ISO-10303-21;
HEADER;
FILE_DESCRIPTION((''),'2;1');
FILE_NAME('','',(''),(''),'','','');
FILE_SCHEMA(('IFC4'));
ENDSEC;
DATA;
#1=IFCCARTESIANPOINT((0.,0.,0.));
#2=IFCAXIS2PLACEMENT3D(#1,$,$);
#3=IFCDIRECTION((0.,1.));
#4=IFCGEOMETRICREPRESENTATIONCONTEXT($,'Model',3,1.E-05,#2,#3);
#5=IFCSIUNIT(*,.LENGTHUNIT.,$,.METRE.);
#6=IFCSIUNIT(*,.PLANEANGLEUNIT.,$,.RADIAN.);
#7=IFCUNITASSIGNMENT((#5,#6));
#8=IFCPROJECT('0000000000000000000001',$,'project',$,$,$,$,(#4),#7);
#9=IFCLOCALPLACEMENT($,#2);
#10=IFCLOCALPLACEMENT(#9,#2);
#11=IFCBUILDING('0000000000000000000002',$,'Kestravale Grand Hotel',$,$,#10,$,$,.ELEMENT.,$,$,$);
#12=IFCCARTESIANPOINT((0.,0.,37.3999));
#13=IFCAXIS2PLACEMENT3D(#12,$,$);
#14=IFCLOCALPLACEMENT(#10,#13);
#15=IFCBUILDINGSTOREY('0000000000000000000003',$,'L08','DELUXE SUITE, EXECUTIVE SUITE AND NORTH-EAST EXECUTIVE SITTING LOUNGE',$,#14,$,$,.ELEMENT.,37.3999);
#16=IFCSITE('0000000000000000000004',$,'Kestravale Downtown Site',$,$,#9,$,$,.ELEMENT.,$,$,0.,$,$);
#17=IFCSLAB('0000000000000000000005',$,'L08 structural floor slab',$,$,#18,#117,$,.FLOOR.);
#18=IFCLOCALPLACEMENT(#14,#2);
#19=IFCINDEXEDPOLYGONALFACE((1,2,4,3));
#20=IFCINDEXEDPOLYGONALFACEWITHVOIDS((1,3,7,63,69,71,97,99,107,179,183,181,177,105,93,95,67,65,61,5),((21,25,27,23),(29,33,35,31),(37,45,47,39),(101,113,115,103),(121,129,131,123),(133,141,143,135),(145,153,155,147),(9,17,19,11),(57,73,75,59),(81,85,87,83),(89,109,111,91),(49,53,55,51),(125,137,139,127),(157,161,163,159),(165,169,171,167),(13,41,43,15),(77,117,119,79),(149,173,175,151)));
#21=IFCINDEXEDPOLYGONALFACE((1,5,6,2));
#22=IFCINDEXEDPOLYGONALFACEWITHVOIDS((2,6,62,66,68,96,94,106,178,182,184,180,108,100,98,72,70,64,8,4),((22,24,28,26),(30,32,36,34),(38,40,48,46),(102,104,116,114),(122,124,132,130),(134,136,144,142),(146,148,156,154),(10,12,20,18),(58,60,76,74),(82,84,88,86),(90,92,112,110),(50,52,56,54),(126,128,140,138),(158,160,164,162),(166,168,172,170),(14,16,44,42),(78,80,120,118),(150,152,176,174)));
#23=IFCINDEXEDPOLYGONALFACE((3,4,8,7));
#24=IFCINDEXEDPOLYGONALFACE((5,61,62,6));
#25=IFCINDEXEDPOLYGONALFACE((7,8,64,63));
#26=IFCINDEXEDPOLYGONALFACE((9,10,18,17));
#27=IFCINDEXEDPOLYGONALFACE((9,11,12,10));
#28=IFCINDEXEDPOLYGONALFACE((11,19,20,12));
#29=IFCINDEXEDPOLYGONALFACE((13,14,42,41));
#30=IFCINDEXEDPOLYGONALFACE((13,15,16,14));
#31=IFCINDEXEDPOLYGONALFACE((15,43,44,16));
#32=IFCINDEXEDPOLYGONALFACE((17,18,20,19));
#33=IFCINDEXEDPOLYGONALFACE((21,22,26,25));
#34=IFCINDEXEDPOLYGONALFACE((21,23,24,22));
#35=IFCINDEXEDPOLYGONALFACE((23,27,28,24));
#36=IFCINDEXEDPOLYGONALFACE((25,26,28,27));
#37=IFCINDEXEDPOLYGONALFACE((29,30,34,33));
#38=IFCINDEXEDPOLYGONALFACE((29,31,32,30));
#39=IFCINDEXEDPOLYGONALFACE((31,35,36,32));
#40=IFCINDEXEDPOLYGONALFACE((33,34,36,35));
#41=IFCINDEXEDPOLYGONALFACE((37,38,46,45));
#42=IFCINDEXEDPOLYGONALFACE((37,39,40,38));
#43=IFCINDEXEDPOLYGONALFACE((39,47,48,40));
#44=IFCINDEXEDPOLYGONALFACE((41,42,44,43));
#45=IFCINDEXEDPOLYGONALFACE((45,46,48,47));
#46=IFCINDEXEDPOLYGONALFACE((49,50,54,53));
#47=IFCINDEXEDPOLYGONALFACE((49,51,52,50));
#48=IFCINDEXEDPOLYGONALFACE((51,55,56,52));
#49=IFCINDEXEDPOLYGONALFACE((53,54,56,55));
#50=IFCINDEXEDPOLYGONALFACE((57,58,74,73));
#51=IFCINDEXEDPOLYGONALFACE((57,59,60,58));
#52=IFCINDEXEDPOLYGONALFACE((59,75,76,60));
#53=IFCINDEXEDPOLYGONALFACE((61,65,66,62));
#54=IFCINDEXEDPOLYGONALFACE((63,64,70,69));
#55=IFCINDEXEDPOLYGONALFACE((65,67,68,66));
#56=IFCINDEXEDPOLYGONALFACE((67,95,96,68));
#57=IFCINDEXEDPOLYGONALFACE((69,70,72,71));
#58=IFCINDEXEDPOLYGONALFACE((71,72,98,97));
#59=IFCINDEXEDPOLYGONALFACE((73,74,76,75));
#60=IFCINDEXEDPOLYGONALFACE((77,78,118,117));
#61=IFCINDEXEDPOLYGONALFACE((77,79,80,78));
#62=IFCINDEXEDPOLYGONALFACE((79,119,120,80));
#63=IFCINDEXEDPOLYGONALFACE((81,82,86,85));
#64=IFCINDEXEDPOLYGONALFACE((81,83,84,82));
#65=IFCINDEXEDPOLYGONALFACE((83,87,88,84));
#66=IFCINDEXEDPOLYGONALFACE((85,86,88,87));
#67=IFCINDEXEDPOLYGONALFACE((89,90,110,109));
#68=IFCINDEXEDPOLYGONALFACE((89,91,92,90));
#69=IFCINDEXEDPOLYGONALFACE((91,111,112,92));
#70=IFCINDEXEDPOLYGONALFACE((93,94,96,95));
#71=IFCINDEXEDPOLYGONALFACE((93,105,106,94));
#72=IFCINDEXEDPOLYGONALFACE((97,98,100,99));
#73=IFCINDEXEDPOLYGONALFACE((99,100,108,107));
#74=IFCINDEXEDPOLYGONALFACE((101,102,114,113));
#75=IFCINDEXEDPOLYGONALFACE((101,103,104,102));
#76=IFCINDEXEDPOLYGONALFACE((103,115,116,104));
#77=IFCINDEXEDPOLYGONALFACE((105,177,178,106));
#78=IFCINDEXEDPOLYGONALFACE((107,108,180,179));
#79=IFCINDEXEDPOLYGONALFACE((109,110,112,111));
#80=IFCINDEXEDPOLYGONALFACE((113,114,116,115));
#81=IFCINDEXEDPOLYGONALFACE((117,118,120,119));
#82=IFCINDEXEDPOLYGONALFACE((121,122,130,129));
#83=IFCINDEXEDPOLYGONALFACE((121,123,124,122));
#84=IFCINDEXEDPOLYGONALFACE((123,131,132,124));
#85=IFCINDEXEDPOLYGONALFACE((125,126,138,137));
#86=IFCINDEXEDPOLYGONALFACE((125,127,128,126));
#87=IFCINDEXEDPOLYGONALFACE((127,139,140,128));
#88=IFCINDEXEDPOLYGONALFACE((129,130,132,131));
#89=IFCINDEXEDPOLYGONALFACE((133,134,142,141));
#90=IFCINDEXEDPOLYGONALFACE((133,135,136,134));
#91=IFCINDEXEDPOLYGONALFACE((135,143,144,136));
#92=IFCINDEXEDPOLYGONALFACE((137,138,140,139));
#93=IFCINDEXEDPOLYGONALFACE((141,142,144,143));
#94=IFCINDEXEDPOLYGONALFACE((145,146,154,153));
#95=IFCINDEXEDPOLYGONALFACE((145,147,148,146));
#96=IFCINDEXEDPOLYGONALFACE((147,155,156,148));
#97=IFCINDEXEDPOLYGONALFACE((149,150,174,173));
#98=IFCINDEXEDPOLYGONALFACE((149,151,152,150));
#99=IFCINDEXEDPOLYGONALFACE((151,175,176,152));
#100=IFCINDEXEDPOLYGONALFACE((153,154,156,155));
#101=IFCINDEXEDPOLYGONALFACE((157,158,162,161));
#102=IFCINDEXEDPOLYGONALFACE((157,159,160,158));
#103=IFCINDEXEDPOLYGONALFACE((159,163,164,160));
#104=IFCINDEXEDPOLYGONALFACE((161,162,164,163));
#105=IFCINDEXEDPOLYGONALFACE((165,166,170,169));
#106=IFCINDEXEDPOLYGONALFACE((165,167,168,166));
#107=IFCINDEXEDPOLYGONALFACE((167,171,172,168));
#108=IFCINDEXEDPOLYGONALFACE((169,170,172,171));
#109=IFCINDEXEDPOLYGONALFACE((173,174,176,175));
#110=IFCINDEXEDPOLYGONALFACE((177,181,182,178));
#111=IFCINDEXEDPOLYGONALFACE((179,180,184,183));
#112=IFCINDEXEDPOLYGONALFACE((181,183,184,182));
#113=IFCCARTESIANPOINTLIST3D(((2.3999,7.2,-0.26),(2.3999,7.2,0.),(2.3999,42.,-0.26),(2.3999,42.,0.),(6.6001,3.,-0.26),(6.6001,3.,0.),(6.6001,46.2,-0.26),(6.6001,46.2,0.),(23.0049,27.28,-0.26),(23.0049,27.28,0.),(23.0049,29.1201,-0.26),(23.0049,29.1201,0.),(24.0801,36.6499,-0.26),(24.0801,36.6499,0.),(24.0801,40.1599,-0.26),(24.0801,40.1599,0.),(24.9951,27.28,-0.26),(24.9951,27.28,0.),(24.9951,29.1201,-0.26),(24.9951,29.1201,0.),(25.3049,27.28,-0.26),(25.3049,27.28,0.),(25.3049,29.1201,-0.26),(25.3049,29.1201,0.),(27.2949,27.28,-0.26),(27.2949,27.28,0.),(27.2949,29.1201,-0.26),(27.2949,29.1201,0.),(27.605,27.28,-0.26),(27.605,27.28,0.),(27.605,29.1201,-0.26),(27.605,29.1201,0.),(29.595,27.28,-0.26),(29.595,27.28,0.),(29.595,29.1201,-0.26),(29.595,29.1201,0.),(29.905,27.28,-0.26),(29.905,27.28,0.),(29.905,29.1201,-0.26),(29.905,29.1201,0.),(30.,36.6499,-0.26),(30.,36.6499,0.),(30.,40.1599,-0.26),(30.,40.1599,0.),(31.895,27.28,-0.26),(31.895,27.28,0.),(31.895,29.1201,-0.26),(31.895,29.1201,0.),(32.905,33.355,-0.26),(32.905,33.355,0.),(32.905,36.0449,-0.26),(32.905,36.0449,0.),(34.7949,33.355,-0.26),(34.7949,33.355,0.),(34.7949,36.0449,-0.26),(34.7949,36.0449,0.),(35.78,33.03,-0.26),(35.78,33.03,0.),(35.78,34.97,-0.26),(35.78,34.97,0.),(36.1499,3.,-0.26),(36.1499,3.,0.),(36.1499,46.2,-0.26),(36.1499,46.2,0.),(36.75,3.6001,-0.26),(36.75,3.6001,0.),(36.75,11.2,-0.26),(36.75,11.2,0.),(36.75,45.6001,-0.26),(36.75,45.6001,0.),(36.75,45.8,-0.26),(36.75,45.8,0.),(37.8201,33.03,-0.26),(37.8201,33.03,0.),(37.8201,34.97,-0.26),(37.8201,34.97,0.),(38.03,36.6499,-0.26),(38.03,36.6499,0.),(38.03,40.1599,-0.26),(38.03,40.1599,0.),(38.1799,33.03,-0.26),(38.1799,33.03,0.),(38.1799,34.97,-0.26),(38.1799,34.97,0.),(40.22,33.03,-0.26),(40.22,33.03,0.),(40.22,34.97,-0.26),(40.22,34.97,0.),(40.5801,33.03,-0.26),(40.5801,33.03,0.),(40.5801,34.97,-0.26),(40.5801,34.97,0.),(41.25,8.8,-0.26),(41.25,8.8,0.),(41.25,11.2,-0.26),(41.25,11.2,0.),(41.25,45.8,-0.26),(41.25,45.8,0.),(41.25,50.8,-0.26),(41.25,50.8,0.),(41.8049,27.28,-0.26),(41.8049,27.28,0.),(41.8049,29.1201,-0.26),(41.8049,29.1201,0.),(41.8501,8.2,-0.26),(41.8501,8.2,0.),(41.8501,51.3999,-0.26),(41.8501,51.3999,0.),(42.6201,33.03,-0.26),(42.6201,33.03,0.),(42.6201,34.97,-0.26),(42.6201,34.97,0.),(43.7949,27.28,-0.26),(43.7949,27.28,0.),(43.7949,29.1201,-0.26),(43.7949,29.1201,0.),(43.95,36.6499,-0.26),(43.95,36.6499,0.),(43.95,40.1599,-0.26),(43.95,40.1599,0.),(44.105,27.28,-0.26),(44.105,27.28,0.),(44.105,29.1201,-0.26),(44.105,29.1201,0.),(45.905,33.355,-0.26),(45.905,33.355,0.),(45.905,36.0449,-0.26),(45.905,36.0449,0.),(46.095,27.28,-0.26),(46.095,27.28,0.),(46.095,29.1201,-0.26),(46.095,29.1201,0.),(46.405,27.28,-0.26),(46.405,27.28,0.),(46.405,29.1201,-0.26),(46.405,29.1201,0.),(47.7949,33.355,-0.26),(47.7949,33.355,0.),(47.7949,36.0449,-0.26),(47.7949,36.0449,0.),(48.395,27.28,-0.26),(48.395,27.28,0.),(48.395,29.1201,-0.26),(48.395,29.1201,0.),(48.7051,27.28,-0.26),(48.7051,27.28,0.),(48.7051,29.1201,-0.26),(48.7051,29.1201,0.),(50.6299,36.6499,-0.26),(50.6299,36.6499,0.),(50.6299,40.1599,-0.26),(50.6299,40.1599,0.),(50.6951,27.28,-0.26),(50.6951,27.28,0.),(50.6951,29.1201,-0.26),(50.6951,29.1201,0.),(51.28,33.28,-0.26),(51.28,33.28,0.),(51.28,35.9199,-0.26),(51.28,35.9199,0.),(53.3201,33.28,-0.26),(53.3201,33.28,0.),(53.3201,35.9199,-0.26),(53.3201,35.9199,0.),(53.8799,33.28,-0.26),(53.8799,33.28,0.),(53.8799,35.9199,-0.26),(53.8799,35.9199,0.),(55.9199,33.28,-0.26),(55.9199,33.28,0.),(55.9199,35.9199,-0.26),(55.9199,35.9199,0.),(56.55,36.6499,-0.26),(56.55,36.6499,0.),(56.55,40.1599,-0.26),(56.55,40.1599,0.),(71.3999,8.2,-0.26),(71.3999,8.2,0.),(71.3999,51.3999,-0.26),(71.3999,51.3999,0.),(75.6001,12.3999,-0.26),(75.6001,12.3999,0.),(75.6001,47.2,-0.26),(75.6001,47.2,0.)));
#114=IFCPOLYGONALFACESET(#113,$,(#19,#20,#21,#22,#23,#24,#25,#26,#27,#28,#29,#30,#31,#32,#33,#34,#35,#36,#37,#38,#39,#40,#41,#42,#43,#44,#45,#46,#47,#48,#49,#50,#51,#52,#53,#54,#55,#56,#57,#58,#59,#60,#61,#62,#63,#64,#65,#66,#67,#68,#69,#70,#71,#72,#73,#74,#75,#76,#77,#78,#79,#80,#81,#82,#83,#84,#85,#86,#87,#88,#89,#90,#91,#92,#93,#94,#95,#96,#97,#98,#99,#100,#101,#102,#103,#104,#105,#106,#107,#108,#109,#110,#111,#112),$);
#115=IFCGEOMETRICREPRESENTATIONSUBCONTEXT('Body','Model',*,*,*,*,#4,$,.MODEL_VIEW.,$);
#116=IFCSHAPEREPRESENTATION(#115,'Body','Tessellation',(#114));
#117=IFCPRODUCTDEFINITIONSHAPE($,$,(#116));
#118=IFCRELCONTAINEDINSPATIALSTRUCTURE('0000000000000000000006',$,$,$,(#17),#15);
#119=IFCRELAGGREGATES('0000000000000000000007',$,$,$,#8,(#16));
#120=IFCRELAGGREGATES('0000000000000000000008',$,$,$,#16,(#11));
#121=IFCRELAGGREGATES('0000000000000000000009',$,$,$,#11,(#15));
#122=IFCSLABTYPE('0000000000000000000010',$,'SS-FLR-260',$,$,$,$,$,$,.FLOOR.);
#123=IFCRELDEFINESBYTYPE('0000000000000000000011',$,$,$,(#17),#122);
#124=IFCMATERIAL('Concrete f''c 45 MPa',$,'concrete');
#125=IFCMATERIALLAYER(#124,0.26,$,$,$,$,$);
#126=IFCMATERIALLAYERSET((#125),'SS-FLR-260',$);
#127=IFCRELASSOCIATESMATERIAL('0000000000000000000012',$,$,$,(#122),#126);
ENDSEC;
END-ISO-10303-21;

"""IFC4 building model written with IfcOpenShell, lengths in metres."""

from ifc_helpers import new_model, si_unit, direction, frame, origin, place, context, subcontext, project, spatial, polyline, outline, extrude, material, layer, layer_set, type_object, element, save


model = new_model("IFC4")

# Units and contexts
model_context = context("Model", 3, precision=1e-05, world=origin(), true_north=direction((0.0, 1.0)))
body_context = subcontext(model_context, "Body", "Model", "MODEL_VIEW")
ifc_project = project(units=[si_unit("LENGTHUNIT", "METRE"), si_unit("PLANEANGLEUNIT", "RADIAN")], contexts=[model_context])

# Site, building, storey
site_placement = place(None, origin())
site = spatial("IfcSite", under=ifc_project, at=site_placement, Name="Kestravale Downtown Site", CompositionType="ELEMENT", RefElevation=0.0)
building_placement = place(site_placement, origin())
building = spatial("IfcBuilding", under=site, at=building_placement, Name="Kestravale Grand Hotel", CompositionType="ELEMENT")
storey_placement = place(building_placement, frame((0.0, 0.0, 37.3999)))
storey = spatial("IfcBuildingStorey", under=building, at=storey_placement, Name="L08", Description="DELUXE SUITE, EXECUTIVE SUITE AND NORTH-EAST EXECUTIVE SITTING LOUNGE", CompositionType="ELEMENT", Elevation=37.3999)

# Slab
ifc_material_1 = material(Name="Concrete f'c 45 MPa", Category="concrete")
ifc_layer_1 = layer(ifc_material_1, 0.26)
ifc_layer_set_1 = layer_set([ifc_layer_1], Name="SS-FLR-260")
slab_type_1 = type_object("IfcSlabType", Name="SS-FLR-260", PredefinedType="FLOOR", material=ifc_layer_set_1)
slab_1_placement = place(storey_placement, frame((0.0, 0.0, -0.26)))
element("IfcSlab", 1, at=slab_1_placement, inside=storey, type_object=slab_type_1, Name="L08 structural floor slab", PredefinedType="FLOOR", context=body_context, shape_type="SweptSolid", body=[
    extrude(outline(polyline([(6.6001, 3.0), (36.1499, 3.0), (36.75, 3.6001), (36.75, 11.2), (41.25, 11.2), (41.25, 8.8), (41.8501, 8.2), (71.3999, 8.2), (75.6001, 12.3999), (75.6001, 47.2), (71.3999, 51.3999), (41.8501, 51.3999), (41.25, 50.8), (41.25, 45.8), (36.75, 45.8), (36.75, 45.6001), (36.1499, 46.2), (6.6001, 46.2), (2.3999, 42.0), (2.3999, 7.2), (6.6001, 3.0)]), holes=[polyline([(24.0801, 36.6499), (30.0, 36.6499), (30.0, 40.1599), (24.0801, 40.1599), (24.0801, 36.6499)]), polyline([(38.03, 36.6499), (43.95, 36.6499), (43.95, 40.1599), (38.03, 40.1599), (38.03, 36.6499)]), polyline([(50.6299, 36.6499), (56.55, 36.6499), (56.55, 40.1599), (50.6299, 40.1599), (50.6299, 36.6499)]), polyline([(23.0049, 27.28), (24.9951, 27.28), (24.9951, 29.1201), (23.0049, 29.1201), (23.0049, 27.28)]), polyline([(25.3049, 27.28), (27.2949, 27.28), (27.2949, 29.1201), (25.3049, 29.1201), (25.3049, 27.28)]), polyline([(27.605, 27.28), (29.595, 27.28), (29.595, 29.1201), (27.605, 29.1201), (27.605, 27.28)]), polyline([(29.905, 27.28), (31.895, 27.28), (31.895, 29.1201), (29.905, 29.1201), (29.905, 27.28)]), polyline([(41.8049, 27.28), (43.7949, 27.28), (43.7949, 29.1201), (41.8049, 29.1201), (41.8049, 27.28)]), polyline([(44.105, 27.28), (46.095, 27.28), (46.095, 29.1201), (44.105, 29.1201), (44.105, 27.28)]), polyline([(46.405, 27.28), (48.395, 27.28), (48.395, 29.1201), (46.405, 29.1201), (46.405, 27.28)]), polyline([(48.7051, 27.28), (50.6951, 27.28), (50.6951, 29.1201), (48.7051, 29.1201), (48.7051, 27.28)]), polyline([(35.78, 33.03), (37.8201, 33.03), (37.8201, 34.97), (35.78, 34.97), (35.78, 33.03)]), polyline([(38.1799, 33.03), (40.22, 33.03), (40.22, 34.97), (38.1799, 34.97), (38.1799, 33.03)]), polyline([(40.5801, 33.03), (42.6201, 33.03), (42.6201, 34.97), (40.5801, 34.97), (40.5801, 33.03)]), polyline([(32.905, 33.355), (34.7949, 33.355), (34.7949, 36.0449), (32.905, 36.0449), (32.905, 33.355)]), polyline([(45.905, 33.355), (47.7949, 33.355), (47.7949, 36.0449), (45.905, 36.0449), (45.905, 33.355)]), polyline([(51.28, 33.28), (53.3201, 33.28), (53.3201, 35.9199), (51.28, 35.9199), (51.28, 33.28)]), polyline([(53.8799, 33.28), (55.9199, 33.28), (55.9199, 35.9199), (53.8799, 35.9199), (53.8799, 33.28)])]), origin(), (0.0, 0.0, 1.0), 0.26),
])

save(model, "model.ifc")
